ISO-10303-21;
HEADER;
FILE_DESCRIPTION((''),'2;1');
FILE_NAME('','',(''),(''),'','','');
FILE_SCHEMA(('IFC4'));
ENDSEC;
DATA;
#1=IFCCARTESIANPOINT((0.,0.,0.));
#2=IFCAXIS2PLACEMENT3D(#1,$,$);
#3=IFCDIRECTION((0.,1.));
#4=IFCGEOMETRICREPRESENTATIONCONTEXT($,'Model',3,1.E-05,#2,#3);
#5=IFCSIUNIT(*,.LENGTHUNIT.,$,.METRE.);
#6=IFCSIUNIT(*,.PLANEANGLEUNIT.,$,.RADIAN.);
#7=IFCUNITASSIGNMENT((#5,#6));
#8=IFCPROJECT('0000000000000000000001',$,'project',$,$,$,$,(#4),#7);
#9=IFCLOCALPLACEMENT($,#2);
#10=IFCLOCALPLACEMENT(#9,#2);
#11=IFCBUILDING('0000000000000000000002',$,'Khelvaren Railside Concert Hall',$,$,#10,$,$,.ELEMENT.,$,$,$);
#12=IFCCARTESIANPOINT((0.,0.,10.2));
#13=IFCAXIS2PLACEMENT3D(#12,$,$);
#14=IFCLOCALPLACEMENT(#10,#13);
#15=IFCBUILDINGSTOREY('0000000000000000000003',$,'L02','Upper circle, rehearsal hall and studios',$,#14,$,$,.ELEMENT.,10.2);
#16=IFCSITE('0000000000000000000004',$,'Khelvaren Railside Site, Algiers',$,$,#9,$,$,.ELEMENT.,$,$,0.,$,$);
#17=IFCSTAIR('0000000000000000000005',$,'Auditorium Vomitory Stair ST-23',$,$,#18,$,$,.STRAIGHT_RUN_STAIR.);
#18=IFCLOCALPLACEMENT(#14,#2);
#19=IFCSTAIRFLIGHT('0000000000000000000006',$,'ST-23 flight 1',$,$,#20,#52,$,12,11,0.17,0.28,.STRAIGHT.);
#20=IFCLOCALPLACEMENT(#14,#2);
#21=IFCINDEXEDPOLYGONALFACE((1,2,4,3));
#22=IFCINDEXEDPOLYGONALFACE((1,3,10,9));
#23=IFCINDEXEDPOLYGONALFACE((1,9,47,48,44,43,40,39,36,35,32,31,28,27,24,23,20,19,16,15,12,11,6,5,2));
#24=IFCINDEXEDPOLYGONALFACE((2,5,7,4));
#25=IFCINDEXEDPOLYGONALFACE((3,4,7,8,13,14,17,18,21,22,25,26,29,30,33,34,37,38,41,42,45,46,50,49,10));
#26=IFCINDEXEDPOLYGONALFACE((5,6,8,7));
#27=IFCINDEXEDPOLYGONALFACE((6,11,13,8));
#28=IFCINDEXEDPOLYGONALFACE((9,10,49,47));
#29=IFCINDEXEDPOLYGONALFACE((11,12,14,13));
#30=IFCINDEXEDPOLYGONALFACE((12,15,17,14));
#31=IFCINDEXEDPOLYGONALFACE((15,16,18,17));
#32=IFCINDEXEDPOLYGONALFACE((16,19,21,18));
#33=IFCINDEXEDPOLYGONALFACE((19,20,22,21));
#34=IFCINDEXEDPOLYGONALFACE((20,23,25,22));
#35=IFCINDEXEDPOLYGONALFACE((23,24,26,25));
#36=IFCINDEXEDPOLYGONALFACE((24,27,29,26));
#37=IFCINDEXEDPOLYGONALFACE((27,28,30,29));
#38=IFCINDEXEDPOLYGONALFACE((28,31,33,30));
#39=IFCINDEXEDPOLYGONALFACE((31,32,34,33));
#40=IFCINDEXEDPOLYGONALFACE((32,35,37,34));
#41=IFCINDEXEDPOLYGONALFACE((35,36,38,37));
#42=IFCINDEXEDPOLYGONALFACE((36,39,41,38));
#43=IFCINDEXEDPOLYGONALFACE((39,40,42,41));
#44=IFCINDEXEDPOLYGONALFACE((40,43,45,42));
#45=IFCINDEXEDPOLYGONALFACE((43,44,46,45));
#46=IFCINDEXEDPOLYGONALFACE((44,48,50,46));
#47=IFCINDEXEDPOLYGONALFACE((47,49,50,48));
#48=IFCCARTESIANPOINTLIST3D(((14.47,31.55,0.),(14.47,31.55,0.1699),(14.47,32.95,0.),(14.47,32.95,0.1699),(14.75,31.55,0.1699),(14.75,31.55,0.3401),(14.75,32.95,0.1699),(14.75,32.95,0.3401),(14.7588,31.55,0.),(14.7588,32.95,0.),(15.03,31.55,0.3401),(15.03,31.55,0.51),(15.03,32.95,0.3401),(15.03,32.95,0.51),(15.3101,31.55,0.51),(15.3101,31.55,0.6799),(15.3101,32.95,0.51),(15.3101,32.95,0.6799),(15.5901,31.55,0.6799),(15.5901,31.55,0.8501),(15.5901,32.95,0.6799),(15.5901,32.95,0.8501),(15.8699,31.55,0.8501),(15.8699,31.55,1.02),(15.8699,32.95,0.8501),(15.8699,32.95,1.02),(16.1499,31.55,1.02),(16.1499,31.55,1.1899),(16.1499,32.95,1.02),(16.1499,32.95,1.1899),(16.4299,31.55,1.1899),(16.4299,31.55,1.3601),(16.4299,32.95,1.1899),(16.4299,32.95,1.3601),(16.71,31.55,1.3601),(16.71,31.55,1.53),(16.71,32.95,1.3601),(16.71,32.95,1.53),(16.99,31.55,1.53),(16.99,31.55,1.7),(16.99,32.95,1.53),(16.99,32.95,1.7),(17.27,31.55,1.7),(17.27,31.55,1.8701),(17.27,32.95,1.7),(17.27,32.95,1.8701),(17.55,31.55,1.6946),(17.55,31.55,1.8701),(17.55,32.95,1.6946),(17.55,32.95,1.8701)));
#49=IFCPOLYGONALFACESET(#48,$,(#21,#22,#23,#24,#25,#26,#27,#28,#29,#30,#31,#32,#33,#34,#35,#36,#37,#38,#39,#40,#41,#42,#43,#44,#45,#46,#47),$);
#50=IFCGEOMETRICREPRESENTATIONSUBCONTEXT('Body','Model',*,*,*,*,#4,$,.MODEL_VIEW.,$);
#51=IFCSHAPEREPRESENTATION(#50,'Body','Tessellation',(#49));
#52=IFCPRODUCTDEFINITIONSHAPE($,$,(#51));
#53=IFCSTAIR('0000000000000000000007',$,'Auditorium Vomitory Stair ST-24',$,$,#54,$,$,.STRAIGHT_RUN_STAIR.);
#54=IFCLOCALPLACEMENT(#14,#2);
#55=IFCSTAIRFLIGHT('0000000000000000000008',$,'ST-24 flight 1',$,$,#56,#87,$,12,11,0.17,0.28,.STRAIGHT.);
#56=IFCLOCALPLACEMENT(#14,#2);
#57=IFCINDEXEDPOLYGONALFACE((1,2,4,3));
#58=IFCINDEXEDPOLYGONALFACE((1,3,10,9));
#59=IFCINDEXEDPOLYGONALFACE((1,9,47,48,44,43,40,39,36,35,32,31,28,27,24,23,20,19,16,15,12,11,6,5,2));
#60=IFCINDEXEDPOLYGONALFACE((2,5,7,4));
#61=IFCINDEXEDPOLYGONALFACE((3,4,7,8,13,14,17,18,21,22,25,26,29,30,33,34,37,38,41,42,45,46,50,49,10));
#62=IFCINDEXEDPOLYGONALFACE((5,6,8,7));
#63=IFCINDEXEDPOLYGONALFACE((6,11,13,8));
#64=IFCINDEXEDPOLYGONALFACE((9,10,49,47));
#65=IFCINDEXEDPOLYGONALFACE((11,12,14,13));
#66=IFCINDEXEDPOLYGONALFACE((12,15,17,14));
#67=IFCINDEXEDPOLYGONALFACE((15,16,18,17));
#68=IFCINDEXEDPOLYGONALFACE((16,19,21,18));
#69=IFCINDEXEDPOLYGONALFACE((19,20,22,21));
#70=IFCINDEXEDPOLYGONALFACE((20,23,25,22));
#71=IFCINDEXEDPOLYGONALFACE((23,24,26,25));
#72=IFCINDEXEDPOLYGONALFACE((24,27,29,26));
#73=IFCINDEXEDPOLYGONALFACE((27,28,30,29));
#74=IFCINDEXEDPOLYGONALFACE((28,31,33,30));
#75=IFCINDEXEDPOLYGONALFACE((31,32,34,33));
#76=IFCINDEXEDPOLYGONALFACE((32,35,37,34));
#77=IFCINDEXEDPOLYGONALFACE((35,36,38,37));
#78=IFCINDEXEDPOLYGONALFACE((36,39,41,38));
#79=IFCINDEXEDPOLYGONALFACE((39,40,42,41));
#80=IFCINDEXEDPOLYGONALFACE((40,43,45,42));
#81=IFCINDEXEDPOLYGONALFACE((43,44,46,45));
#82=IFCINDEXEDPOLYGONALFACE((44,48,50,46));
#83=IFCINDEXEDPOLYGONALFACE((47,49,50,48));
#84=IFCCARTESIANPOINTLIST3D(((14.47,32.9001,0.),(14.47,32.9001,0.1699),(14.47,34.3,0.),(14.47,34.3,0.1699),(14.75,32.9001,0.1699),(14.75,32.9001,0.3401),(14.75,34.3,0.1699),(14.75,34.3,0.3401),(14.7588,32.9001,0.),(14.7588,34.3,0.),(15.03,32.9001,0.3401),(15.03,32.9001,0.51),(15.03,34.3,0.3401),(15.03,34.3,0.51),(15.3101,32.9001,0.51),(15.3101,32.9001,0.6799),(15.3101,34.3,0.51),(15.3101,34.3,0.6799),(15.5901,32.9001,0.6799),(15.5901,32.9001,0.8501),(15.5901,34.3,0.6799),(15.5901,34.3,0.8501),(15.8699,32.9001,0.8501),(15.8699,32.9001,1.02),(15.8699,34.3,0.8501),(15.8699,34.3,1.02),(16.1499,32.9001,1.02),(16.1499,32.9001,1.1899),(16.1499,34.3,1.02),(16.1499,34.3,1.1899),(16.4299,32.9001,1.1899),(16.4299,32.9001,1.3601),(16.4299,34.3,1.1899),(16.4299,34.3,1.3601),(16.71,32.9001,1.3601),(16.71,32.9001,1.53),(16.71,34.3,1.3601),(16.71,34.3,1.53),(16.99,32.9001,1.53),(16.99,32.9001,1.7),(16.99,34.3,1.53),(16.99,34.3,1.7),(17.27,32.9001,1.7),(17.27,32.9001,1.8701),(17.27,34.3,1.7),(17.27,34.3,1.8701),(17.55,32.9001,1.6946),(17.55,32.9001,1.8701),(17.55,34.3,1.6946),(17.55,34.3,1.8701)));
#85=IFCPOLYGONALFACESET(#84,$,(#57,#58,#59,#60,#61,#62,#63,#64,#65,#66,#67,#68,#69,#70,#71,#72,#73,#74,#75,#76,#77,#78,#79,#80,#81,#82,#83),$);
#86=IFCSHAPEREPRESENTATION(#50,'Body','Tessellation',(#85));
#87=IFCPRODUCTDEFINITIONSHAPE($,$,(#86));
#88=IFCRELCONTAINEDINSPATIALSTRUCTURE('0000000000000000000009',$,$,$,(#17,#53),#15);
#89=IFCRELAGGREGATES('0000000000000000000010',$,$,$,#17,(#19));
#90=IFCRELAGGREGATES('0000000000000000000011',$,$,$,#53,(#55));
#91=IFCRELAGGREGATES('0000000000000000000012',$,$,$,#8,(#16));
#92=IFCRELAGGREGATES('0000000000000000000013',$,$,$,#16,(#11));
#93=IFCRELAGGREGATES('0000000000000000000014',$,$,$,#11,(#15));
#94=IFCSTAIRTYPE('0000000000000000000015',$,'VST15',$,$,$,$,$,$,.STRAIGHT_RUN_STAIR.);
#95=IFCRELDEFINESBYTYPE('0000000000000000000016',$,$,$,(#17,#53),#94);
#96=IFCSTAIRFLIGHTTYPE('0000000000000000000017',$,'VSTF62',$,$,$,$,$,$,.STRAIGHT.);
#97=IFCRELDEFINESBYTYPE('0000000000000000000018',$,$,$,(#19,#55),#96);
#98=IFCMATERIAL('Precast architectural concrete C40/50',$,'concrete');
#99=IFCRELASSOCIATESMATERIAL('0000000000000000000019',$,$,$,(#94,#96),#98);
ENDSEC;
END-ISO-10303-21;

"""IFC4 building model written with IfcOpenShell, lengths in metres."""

from ifc_helpers import new_model, si_unit, direction, frame, origin, place, context, subcontext, project, spatial, polyline, outline, extrude, material, type_object, element, aggregate, save


model = new_model("IFC4")

# Units and contexts
model_context = context("Model", 3, precision=1e-05, world=origin(), true_north=direction((0.0, 1.0)))
body_context = subcontext(model_context, "Body", "Model", "MODEL_VIEW")
ifc_project = project(units=[si_unit("LENGTHUNIT", "METRE"), si_unit("PLANEANGLEUNIT", "RADIAN")], contexts=[model_context])

# Site, building, storey
site_placement = place(None, origin())
site = spatial("IfcSite", under=ifc_project, at=site_placement, Name="Khelvaren Railside Site, Algiers", CompositionType="ELEMENT", RefElevation=0.0)
building_placement = place(site_placement, origin())
building = spatial("IfcBuilding", under=site, at=building_placement, Name="Khelvaren Railside Concert Hall", CompositionType="ELEMENT")
storey_placement = place(building_placement, frame((0.0, 0.0, 10.2)))
storey = spatial("IfcBuildingStorey", under=building, at=storey_placement, Name="L02", Description="Upper circle, rehearsal hall and studios", CompositionType="ELEMENT", Elevation=10.2)

# Stairs, stair flights
ifc_material_1 = material(Name="Precast architectural concrete C40/50", Category="concrete")
stair_type = type_object("IfcStairType", Name="VST15", PredefinedType="STRAIGHT_RUN_STAIR", material=ifc_material_1)
stair_1_placement = place(storey_placement, origin())
stair_1 = element("IfcStair", 1, at=stair_1_placement, inside=storey, type_object=stair_type, Name="Auditorium Vomitory Stair ST-23", PredefinedType="STRAIGHT_RUN_STAIR")
stair_flight_type = type_object("IfcStairFlightType", Name="VSTF62", PredefinedType="STRAIGHT", material=ifc_material_1)
stair_flight_1_placement = place(storey_placement, frame((14.47, 32.25, 0.0), z_axis=(0.0, 0.0, 1.0), x_axis=(1.0, 0.0, 0.0)))
stair_flight_1 = element("IfcStairFlight", 2, at=stair_flight_1_placement, type_object=stair_flight_type, Name="ST-23 flight 1", NumberOfRisers=12, NumberOfTreads=11, PredefinedType="STRAIGHT", RiserHeight=0.17, TreadLength=0.28, context=body_context, shape_type="SweptSolid", body=[
    extrude(outline(polyline([(0.0, 0.0), (0.0, 0.1699), (0.28, 0.1699), (0.28, 0.3401), (0.5601, 0.3401), (0.5601, 0.51), (0.8401, 0.51), (0.8401, 0.6799), (1.1201, 0.6799), (1.1201, 0.8501), (1.3999, 0.8501), (1.3999, 1.02), (1.6799, 1.02), (1.6799, 1.1899), (1.96, 1.1899), (1.96, 1.3601), (2.24, 1.3601), (2.24, 1.53), (2.52, 1.53), (2.52, 1.7), (2.8, 1.7), (2.8, 1.8701), (3.0801, 1.8701), (3.0801, 2.04), (3.0801, 1.6946), (0.2888, 0.0), (0.0, 0.0)])), frame((0.0, 0.7, 0.0), z_axis=(0.0, -1.0, 0.0), x_axis=(1.0, 0.0, 0.0)), (0.0, 0.0, 1.0), 1.3999),
])
aggregate(stair_1, [stair_flight_1])
stair_2_placement = place(storey_placement, origin())
stair_2 = element("IfcStair", 3, at=stair_2_placement, inside=storey, type_object=stair_type, Name="Auditorium Vomitory Stair ST-24", PredefinedType="STRAIGHT_RUN_STAIR")
stair_flight_2_placement = place(storey_placement, frame((14.47, 33.6001, 0.0), z_axis=(0.0, 0.0, 1.0), x_axis=(1.0, 0.0, 0.0)))
stair_flight_2 = element("IfcStairFlight", 4, at=stair_flight_2_placement, type_object=stair_flight_type, Name="ST-24 flight 1", NumberOfRisers=12, NumberOfTreads=11, PredefinedType="STRAIGHT", RiserHeight=0.17, TreadLength=0.28, context=body_context, shape_type="SweptSolid", body=[
    extrude(outline(polyline([(0.0, 0.0), (0.0, 0.1699), (0.28, 0.1699), (0.28, 0.3401), (0.5601, 0.3401), (0.5601, 0.51), (0.8401, 0.51), (0.8401, 0.6799), (1.1201, 0.6799), (1.1201, 0.8501), (1.3999, 0.8501), (1.3999, 1.02), (1.6799, 1.02), (1.6799, 1.1899), (1.96, 1.1899), (1.96, 1.3601), (2.24, 1.3601), (2.24, 1.53), (2.52, 1.53), (2.52, 1.7), (2.8, 1.7), (2.8, 1.8701), (3.0801, 1.8701), (3.0801, 2.04), (3.0801, 1.6946), (0.2888, 0.0), (0.0, 0.0)])), frame((0.0, 0.7, 0.0), z_axis=(0.0, -1.0, 0.0), x_axis=(1.0, 0.0, 0.0)), (0.0, 0.0, 1.0), 1.3999),
])
aggregate(stair_2, [stair_flight_2])

save(model, "model.ifc")
